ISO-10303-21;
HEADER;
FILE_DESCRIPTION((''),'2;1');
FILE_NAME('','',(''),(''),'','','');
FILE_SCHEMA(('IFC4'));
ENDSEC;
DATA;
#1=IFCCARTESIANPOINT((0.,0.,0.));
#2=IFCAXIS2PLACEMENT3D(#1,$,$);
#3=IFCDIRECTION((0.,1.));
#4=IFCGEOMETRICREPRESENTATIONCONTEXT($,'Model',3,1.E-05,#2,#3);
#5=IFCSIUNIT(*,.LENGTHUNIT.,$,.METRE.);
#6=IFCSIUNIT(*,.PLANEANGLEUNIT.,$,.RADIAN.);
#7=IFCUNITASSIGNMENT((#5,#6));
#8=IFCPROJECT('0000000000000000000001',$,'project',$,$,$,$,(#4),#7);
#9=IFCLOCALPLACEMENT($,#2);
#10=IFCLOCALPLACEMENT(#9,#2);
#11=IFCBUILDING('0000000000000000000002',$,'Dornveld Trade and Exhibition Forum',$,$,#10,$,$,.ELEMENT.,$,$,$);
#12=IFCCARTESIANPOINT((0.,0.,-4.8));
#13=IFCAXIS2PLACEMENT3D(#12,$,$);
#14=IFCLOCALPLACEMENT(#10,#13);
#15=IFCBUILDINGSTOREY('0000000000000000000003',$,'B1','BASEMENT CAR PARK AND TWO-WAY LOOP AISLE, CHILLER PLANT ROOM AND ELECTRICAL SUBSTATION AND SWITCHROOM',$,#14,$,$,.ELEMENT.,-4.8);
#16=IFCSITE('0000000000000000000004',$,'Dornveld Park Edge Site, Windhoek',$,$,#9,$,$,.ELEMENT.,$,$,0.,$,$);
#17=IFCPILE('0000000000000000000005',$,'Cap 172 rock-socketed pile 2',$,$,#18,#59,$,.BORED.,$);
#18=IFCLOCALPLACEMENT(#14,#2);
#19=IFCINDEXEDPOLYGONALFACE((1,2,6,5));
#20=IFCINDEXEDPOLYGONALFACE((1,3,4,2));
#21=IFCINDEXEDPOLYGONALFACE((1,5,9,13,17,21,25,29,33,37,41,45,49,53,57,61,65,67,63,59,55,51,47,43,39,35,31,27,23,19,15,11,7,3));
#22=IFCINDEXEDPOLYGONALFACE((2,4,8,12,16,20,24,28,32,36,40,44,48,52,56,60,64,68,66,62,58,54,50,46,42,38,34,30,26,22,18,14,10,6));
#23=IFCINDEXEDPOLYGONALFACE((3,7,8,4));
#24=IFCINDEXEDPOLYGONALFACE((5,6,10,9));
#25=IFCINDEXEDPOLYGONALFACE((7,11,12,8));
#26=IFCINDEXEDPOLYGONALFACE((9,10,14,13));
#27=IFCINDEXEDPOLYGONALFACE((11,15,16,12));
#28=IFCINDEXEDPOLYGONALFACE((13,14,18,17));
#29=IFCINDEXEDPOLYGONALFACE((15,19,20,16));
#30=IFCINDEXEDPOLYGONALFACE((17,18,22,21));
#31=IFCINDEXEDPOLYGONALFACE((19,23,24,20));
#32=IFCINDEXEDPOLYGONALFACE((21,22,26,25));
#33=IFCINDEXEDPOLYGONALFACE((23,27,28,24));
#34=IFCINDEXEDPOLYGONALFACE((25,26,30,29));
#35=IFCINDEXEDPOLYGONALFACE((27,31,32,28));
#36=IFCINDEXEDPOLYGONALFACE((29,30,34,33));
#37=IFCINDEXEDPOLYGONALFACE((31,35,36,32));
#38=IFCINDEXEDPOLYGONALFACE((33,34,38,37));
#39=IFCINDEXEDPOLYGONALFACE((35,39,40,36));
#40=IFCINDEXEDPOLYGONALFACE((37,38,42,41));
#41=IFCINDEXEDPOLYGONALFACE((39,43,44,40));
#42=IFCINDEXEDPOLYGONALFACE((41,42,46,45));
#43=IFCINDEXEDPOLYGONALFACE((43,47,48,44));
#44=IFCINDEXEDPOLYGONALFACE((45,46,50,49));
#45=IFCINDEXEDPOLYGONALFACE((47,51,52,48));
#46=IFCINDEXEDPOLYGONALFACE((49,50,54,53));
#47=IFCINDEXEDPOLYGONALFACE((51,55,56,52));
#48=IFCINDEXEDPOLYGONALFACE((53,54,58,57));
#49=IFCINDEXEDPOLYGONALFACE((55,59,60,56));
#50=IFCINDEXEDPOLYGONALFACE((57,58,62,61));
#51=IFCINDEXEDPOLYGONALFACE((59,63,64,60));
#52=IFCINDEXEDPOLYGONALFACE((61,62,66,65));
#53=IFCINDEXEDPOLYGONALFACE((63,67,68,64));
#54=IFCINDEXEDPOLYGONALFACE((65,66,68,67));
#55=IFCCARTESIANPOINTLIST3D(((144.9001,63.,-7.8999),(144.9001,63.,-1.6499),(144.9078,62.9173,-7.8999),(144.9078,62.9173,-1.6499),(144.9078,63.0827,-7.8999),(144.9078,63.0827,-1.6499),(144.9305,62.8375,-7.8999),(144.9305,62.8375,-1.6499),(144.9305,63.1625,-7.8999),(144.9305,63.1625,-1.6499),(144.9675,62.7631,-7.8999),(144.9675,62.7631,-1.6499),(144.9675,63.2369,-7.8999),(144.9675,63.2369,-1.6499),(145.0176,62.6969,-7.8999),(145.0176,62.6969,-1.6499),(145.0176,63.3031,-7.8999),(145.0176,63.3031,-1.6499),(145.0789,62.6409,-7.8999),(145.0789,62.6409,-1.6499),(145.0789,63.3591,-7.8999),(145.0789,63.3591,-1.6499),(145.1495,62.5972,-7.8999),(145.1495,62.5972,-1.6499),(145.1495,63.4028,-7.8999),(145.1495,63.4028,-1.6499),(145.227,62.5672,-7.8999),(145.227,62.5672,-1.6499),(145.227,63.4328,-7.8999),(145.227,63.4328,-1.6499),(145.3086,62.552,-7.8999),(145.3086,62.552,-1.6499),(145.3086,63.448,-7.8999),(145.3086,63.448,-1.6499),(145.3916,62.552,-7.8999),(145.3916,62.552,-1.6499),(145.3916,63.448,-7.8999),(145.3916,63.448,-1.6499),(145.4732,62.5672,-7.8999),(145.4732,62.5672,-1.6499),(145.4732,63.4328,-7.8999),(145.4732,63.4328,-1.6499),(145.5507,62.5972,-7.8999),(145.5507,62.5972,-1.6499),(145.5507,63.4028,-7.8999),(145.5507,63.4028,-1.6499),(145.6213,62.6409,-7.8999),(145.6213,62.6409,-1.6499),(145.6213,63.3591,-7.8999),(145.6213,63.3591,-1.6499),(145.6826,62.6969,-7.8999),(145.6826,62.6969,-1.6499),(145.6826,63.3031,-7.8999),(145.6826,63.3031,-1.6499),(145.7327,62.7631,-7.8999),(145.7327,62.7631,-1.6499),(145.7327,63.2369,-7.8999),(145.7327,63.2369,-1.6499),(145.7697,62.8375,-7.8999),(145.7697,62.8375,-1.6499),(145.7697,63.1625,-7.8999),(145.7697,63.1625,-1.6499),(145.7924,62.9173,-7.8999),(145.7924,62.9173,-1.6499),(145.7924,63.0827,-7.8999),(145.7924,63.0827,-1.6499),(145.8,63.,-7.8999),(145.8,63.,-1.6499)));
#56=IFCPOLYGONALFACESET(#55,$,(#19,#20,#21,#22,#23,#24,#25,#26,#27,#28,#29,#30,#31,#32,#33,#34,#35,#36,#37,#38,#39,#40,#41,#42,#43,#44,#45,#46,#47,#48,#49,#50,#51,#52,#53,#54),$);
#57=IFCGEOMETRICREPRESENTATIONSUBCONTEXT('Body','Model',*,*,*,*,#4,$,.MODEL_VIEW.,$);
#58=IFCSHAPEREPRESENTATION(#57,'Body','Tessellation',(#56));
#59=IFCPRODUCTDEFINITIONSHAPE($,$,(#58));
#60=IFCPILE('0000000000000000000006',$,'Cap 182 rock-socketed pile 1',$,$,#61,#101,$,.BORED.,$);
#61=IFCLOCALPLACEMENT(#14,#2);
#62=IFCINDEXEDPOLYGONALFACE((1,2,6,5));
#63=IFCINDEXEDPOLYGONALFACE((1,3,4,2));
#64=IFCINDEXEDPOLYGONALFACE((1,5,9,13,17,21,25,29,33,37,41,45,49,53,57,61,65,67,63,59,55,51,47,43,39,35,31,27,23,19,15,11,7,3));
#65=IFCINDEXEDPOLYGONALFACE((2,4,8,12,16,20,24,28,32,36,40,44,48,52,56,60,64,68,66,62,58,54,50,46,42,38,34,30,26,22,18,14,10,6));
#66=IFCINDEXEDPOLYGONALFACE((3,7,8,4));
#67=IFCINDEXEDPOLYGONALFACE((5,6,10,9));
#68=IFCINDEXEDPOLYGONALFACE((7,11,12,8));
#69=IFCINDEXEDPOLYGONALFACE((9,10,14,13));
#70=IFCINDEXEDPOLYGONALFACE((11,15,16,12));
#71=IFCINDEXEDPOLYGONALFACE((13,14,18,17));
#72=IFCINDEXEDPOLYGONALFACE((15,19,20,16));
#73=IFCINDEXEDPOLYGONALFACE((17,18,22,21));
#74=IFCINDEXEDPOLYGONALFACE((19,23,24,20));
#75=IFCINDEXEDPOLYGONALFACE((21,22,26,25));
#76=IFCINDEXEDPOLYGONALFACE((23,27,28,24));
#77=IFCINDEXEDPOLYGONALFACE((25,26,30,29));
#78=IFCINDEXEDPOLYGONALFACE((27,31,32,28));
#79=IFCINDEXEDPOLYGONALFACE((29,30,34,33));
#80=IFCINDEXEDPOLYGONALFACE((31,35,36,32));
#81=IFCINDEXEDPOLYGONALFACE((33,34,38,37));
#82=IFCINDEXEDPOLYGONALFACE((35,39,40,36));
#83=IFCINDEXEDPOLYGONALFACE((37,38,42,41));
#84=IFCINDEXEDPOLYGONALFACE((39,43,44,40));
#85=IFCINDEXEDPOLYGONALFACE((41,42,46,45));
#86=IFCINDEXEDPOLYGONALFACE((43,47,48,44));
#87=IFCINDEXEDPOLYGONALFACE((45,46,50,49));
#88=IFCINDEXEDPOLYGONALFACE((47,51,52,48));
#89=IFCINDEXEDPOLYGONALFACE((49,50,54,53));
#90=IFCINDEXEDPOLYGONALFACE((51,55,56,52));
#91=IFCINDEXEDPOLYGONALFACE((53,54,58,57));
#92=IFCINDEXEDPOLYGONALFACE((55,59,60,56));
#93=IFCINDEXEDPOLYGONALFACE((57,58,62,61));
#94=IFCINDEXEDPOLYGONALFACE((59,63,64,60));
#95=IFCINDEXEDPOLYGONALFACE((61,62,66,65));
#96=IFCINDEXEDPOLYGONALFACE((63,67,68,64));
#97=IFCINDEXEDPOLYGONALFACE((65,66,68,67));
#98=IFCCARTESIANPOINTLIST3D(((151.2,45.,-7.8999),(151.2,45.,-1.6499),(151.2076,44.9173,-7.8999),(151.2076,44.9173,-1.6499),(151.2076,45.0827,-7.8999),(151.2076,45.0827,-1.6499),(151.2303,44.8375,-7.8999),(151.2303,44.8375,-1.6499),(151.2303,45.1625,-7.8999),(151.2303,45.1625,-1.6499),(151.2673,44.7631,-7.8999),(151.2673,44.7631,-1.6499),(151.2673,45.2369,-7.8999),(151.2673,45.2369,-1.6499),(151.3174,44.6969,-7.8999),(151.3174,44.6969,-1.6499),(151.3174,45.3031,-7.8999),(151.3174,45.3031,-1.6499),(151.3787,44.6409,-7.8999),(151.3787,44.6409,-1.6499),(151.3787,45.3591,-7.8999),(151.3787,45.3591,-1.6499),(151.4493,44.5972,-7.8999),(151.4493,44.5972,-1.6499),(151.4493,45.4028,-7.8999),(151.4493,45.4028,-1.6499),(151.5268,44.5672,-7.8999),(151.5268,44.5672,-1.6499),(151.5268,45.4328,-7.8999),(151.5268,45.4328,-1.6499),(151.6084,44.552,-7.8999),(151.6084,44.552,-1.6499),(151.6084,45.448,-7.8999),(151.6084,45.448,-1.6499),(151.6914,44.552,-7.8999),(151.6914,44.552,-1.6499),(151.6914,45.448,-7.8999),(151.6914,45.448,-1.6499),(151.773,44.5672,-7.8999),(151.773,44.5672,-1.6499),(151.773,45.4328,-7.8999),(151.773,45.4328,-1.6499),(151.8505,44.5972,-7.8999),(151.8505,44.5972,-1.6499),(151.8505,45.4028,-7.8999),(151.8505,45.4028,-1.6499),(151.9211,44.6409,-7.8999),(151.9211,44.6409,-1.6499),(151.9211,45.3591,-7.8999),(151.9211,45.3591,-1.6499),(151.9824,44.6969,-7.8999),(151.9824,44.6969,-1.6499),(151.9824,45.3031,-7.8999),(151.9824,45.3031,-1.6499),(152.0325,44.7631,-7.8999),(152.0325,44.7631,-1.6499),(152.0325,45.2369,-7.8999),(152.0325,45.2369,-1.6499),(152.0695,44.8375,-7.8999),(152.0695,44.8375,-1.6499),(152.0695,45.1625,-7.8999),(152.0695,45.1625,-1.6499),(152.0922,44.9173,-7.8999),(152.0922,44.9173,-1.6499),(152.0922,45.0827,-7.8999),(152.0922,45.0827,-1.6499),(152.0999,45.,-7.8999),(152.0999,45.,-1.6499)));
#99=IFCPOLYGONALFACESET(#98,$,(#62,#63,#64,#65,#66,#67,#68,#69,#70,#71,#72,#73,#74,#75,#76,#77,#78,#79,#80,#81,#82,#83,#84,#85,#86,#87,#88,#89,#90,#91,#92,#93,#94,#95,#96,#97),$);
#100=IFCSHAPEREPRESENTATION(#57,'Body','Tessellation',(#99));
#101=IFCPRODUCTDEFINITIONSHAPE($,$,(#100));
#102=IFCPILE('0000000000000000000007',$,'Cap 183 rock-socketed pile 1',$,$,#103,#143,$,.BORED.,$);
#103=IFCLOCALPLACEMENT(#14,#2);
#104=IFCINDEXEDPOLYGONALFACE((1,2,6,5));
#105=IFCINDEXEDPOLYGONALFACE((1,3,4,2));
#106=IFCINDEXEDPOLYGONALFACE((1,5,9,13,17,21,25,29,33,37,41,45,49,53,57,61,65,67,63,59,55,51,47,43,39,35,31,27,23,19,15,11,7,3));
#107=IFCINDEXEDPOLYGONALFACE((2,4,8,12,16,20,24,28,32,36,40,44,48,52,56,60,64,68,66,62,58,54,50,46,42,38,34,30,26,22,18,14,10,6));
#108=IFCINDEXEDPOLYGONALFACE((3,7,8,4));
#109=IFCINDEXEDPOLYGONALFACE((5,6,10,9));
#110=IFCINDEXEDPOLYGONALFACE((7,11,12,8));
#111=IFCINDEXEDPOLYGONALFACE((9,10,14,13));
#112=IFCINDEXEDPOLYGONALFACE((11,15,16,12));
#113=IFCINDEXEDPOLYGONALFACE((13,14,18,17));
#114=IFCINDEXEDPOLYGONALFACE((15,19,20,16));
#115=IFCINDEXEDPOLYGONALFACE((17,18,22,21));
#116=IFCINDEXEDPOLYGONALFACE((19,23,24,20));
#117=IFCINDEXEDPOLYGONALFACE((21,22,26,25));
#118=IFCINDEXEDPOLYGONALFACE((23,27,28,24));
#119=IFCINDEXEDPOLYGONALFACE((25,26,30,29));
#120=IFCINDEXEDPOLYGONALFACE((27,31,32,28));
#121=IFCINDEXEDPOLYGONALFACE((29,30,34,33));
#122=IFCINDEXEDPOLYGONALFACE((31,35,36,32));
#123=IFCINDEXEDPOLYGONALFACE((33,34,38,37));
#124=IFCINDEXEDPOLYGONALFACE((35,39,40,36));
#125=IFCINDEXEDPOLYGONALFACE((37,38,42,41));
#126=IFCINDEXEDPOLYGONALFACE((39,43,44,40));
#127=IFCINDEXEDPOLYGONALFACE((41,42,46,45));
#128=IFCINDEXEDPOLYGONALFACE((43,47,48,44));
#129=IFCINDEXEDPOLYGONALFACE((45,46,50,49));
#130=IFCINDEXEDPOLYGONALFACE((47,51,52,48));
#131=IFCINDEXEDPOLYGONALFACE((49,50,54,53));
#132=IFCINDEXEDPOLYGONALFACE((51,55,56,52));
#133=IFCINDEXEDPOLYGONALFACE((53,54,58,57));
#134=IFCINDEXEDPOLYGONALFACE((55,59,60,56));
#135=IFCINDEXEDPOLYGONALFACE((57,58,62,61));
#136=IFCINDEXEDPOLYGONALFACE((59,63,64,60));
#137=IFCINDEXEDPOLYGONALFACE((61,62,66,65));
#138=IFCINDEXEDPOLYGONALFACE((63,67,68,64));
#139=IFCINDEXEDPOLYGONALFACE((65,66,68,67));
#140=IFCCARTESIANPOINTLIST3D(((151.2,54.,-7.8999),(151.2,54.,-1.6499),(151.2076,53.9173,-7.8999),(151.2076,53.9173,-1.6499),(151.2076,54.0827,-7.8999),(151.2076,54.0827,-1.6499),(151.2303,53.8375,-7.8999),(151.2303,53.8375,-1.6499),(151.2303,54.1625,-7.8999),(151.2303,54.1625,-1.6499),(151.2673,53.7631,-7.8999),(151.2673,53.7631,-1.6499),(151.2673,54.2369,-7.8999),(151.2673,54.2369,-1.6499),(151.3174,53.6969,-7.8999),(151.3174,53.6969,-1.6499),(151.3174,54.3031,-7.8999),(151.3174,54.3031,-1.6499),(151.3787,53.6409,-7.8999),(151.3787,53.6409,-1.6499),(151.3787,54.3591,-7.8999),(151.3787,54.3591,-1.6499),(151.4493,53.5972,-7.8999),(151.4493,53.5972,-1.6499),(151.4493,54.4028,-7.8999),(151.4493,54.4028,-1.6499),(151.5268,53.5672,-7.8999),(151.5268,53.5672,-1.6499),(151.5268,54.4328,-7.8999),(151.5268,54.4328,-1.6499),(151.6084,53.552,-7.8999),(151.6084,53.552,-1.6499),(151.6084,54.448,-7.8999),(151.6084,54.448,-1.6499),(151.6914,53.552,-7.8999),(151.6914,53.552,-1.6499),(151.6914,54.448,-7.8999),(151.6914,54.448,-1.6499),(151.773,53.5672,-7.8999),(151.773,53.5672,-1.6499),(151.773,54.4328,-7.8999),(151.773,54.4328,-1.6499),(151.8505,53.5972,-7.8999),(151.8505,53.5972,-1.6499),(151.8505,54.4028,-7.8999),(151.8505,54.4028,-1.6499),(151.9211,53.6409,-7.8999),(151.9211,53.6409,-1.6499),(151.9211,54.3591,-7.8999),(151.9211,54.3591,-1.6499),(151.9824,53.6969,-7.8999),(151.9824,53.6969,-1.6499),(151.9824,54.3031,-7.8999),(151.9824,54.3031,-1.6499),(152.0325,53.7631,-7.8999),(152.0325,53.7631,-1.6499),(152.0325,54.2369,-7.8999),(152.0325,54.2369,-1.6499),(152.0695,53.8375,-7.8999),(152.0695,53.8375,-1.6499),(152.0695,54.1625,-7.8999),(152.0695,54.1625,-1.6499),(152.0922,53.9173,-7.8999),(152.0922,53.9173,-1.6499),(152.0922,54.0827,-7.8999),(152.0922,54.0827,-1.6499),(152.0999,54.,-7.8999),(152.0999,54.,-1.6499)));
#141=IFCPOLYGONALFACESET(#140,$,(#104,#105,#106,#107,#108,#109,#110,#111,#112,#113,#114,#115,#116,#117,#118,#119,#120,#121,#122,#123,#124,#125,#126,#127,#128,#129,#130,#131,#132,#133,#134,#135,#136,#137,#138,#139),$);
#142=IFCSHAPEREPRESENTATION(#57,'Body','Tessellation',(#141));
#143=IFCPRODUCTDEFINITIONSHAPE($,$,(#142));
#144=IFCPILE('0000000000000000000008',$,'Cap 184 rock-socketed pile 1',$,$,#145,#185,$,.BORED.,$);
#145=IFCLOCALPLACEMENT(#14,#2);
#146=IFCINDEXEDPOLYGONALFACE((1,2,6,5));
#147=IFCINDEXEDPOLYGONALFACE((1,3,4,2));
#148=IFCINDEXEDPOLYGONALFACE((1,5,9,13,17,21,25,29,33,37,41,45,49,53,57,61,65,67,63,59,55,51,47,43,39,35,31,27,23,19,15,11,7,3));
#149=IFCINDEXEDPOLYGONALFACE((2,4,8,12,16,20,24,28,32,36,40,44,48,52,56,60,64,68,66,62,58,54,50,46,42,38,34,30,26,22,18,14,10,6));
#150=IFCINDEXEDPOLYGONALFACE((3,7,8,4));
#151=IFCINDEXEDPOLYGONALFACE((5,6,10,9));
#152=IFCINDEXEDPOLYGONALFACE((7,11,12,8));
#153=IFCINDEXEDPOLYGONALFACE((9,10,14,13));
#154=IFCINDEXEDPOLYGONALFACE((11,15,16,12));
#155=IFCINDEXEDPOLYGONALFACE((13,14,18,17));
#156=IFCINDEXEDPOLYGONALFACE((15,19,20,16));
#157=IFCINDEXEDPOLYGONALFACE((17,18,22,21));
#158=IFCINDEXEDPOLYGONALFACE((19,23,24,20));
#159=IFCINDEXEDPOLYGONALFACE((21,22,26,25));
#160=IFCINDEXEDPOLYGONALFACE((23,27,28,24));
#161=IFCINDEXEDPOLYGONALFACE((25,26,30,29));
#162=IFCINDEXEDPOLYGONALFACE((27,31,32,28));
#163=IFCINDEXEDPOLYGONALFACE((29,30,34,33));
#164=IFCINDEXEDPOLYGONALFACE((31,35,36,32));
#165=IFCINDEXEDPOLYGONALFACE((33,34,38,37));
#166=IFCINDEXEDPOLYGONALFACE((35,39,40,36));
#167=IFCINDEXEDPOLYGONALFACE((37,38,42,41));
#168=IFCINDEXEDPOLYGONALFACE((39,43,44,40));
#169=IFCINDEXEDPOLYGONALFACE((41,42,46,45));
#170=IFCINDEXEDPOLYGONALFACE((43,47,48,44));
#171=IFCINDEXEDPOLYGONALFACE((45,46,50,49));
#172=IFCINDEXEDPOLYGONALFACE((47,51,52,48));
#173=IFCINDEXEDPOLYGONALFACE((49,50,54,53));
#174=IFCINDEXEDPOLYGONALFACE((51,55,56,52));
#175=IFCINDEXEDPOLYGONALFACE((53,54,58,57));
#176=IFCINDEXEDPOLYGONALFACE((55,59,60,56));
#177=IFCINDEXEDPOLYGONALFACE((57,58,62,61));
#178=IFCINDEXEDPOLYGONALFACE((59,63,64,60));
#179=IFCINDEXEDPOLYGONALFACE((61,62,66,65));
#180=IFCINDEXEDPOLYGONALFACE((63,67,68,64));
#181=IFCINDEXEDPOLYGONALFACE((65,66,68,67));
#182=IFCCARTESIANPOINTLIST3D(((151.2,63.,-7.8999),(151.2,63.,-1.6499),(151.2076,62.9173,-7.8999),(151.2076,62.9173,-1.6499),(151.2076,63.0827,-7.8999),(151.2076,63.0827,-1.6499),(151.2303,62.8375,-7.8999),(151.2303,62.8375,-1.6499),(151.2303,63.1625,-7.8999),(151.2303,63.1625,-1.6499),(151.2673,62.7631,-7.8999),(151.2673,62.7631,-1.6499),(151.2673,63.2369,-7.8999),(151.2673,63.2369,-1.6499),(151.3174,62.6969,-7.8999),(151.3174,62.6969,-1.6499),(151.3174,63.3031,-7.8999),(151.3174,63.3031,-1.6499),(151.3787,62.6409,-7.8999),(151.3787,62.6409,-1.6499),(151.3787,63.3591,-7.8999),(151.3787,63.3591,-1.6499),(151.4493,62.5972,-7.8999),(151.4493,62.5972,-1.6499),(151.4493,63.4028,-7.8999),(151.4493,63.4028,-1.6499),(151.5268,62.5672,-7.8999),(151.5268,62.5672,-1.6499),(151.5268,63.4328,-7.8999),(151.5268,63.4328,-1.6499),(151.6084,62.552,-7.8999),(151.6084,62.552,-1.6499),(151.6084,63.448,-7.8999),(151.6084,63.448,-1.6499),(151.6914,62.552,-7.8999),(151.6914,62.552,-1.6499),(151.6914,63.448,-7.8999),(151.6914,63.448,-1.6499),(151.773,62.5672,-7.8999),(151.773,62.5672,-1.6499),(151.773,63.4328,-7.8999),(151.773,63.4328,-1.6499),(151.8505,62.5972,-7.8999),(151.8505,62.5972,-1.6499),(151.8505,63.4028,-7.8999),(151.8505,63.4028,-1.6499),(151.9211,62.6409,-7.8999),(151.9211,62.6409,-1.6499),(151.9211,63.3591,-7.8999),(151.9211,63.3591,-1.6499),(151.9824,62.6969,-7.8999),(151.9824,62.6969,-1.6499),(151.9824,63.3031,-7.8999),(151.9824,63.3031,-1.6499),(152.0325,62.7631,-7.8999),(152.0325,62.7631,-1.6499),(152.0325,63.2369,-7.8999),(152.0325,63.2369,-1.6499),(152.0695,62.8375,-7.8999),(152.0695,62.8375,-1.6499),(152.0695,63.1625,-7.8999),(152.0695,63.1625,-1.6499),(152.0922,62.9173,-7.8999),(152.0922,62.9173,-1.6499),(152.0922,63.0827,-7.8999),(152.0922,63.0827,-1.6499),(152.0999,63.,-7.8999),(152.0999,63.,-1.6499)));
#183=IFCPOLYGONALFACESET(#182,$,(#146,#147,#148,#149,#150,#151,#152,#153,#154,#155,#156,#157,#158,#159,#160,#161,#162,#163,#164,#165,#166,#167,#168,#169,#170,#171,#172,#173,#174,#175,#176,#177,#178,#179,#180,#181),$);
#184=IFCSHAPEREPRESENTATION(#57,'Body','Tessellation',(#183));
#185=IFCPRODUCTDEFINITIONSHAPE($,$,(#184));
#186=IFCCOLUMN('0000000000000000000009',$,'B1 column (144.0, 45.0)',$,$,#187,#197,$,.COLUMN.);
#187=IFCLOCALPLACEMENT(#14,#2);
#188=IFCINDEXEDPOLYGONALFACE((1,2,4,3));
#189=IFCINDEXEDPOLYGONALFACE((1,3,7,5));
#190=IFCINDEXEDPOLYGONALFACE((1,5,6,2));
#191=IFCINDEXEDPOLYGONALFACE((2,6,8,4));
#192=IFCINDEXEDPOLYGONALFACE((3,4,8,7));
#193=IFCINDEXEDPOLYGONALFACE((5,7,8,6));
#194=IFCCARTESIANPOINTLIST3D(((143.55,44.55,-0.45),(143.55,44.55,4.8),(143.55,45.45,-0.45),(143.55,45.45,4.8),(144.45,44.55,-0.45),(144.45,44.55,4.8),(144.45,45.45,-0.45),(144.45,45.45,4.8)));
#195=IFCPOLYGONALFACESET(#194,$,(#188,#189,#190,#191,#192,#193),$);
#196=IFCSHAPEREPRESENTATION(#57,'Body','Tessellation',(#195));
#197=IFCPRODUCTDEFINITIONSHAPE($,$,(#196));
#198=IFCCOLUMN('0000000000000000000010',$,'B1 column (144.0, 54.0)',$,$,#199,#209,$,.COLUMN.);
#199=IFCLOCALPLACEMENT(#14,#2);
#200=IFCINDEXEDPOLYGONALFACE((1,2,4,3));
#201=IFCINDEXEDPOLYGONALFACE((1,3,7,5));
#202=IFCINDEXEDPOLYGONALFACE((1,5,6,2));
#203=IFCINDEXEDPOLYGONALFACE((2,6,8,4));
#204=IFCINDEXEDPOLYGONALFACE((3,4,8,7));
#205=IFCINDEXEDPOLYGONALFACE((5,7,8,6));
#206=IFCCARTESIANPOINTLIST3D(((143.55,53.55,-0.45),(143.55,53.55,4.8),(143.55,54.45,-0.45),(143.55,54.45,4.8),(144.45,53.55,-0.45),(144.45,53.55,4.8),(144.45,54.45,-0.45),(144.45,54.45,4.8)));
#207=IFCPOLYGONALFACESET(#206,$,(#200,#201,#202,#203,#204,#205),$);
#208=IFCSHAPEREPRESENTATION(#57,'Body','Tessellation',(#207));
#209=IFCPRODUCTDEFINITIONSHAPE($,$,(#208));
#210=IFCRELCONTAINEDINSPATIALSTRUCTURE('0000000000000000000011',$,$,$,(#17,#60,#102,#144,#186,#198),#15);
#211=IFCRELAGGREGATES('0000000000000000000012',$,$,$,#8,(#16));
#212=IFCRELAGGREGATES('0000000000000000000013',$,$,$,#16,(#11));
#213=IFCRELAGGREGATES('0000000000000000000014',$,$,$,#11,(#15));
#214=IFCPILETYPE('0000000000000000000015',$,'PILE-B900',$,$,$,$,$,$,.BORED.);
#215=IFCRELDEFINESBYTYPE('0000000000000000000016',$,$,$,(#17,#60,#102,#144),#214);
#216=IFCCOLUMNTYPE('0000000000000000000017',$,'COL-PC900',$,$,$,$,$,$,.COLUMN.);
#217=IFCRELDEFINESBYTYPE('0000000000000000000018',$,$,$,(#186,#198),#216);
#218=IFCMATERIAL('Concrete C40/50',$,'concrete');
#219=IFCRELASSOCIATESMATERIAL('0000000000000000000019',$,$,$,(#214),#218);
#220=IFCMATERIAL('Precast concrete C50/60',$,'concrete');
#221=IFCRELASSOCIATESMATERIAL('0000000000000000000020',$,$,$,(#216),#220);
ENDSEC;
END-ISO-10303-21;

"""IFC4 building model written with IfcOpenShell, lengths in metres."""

from ifc_helpers import new_model, si_unit, direction, frame, origin, origin_2d, place, context, subcontext, project, spatial, rectangle, circle, extrude, material, material_profile, profile_set, type_object, element, save


model = new_model("IFC4")

# Units and contexts
model_context = context("Model", 3, precision=1e-05, world=origin(), true_north=direction((0.0, 1.0)))
body_context = subcontext(model_context, "Body", "Model", "MODEL_VIEW")
ifc_project = project(units=[si_unit("LENGTHUNIT", "METRE"), si_unit("PLANEANGLEUNIT", "RADIAN")], contexts=[model_context])

# Site, building, storey
site_placement = place(None, origin())
site = spatial("IfcSite", under=ifc_project, at=site_placement, Name="Dornveld Park Edge Site, Windhoek", CompositionType="ELEMENT", RefElevation=0.0)
building_placement = place(site_placement, origin())
building = spatial("IfcBuilding", under=site, at=building_placement, Name="Dornveld Trade and Exhibition Forum", CompositionType="ELEMENT")
storey_placement = place(building_placement, frame((0.0, 0.0, -4.8)))
storey = spatial("IfcBuildingStorey", under=building, at=storey_placement, Name="B1", Description="BASEMENT CAR PARK AND TWO-WAY LOOP AISLE, CHILLER PLANT ROOM AND ELECTRICAL SUBSTATION AND SWITCHROOM", CompositionType="ELEMENT", Elevation=-4.8)

# Piles
ifc_material_1 = material(Name="Concrete C40/50", Category="concrete")
ifc_material_profile_1 = material_profile(ifc_material_1, circle(Radius=0.45, at=origin_2d()), Name="PILE D900")
ifc_profile_set_1 = profile_set([ifc_material_profile_1], Name="Concrete C40/50")
pile_type = type_object("IfcPileType", Name="PILE-B900", PredefinedType="BORED", material=ifc_profile_set_1)
for number, where, z_axis, x_axis, name in (
    (1, (145.3501, 63.0, -1.6499), (0.0, 0.0, -1.0), (1.0, 0.0, 0.0), "Cap 172 rock-socketed pile 2"),
    (2, (151.6499, 45.0, -1.6499), (0.0, 0.0, -1.0), (1.0, 0.0, 0.0), "Cap 182 rock-socketed pile 1"),
    (3, (151.6499, 54.0, -1.6499), (0.0, 0.0, -1.0), (1.0, 0.0, 0.0), "Cap 183 rock-socketed pile 1"),
    (4, (151.6499, 63.0, -1.6499), (0.0, 0.0, -1.0), (1.0, 0.0, 0.0), "Cap 184 rock-socketed pile 1"),
):
    element("IfcPile", number, at=place(storey_placement, frame(where, z_axis=z_axis, x_axis=x_axis)), inside=storey, type_object=pile_type, Name=name, PredefinedType="BORED", context=body_context, shape_type="SweptSolid", body=[
        extrude(circle(Radius=0.45, at=origin_2d()), origin(), (0.0, 0.0, 1.0), 6.25),
    ])

# Columns
ifc_material_2 = material(Name="Precast concrete C50/60", Category="concrete")
ifc_material_profile_2 = material_profile(ifc_material_2, rectangle(XDim=0.8999, YDim=0.8999, at=origin_2d()), Name="PC-COL 900x900")
ifc_profile_set_2 = profile_set([ifc_material_profile_2], Name="Precast concrete C50/60")
column_type = type_object("IfcColumnType", Name="COL-PC900", PredefinedType="COLUMN", material=ifc_profile_set_2)
for number, where, z_axis, x_axis, name in (
    (5, (144.0, 45.0, -0.45), (0.0, 0.0, 1.0), (1.0, 0.0, 0.0), "B1 column (144.0, 45.0)"),
    (6, (144.0, 54.0, -0.45), (0.0, 0.0, 1.0), (1.0, 0.0, 0.0), "B1 column (144.0, 54.0)"),
):
    element("IfcColumn", number, at=place(storey_placement, frame(where, z_axis=z_axis, x_axis=x_axis)), inside=storey, type_object=column_type, Name=name, PredefinedType="COLUMN", context=body_context, shape_type="SweptSolid", body=[
        extrude(rectangle(XDim=0.8999, YDim=0.8999, at=origin_2d()), origin(), (0.0, 0.0, 1.0), 5.25),
    ])

save(model, "model.ifc")
